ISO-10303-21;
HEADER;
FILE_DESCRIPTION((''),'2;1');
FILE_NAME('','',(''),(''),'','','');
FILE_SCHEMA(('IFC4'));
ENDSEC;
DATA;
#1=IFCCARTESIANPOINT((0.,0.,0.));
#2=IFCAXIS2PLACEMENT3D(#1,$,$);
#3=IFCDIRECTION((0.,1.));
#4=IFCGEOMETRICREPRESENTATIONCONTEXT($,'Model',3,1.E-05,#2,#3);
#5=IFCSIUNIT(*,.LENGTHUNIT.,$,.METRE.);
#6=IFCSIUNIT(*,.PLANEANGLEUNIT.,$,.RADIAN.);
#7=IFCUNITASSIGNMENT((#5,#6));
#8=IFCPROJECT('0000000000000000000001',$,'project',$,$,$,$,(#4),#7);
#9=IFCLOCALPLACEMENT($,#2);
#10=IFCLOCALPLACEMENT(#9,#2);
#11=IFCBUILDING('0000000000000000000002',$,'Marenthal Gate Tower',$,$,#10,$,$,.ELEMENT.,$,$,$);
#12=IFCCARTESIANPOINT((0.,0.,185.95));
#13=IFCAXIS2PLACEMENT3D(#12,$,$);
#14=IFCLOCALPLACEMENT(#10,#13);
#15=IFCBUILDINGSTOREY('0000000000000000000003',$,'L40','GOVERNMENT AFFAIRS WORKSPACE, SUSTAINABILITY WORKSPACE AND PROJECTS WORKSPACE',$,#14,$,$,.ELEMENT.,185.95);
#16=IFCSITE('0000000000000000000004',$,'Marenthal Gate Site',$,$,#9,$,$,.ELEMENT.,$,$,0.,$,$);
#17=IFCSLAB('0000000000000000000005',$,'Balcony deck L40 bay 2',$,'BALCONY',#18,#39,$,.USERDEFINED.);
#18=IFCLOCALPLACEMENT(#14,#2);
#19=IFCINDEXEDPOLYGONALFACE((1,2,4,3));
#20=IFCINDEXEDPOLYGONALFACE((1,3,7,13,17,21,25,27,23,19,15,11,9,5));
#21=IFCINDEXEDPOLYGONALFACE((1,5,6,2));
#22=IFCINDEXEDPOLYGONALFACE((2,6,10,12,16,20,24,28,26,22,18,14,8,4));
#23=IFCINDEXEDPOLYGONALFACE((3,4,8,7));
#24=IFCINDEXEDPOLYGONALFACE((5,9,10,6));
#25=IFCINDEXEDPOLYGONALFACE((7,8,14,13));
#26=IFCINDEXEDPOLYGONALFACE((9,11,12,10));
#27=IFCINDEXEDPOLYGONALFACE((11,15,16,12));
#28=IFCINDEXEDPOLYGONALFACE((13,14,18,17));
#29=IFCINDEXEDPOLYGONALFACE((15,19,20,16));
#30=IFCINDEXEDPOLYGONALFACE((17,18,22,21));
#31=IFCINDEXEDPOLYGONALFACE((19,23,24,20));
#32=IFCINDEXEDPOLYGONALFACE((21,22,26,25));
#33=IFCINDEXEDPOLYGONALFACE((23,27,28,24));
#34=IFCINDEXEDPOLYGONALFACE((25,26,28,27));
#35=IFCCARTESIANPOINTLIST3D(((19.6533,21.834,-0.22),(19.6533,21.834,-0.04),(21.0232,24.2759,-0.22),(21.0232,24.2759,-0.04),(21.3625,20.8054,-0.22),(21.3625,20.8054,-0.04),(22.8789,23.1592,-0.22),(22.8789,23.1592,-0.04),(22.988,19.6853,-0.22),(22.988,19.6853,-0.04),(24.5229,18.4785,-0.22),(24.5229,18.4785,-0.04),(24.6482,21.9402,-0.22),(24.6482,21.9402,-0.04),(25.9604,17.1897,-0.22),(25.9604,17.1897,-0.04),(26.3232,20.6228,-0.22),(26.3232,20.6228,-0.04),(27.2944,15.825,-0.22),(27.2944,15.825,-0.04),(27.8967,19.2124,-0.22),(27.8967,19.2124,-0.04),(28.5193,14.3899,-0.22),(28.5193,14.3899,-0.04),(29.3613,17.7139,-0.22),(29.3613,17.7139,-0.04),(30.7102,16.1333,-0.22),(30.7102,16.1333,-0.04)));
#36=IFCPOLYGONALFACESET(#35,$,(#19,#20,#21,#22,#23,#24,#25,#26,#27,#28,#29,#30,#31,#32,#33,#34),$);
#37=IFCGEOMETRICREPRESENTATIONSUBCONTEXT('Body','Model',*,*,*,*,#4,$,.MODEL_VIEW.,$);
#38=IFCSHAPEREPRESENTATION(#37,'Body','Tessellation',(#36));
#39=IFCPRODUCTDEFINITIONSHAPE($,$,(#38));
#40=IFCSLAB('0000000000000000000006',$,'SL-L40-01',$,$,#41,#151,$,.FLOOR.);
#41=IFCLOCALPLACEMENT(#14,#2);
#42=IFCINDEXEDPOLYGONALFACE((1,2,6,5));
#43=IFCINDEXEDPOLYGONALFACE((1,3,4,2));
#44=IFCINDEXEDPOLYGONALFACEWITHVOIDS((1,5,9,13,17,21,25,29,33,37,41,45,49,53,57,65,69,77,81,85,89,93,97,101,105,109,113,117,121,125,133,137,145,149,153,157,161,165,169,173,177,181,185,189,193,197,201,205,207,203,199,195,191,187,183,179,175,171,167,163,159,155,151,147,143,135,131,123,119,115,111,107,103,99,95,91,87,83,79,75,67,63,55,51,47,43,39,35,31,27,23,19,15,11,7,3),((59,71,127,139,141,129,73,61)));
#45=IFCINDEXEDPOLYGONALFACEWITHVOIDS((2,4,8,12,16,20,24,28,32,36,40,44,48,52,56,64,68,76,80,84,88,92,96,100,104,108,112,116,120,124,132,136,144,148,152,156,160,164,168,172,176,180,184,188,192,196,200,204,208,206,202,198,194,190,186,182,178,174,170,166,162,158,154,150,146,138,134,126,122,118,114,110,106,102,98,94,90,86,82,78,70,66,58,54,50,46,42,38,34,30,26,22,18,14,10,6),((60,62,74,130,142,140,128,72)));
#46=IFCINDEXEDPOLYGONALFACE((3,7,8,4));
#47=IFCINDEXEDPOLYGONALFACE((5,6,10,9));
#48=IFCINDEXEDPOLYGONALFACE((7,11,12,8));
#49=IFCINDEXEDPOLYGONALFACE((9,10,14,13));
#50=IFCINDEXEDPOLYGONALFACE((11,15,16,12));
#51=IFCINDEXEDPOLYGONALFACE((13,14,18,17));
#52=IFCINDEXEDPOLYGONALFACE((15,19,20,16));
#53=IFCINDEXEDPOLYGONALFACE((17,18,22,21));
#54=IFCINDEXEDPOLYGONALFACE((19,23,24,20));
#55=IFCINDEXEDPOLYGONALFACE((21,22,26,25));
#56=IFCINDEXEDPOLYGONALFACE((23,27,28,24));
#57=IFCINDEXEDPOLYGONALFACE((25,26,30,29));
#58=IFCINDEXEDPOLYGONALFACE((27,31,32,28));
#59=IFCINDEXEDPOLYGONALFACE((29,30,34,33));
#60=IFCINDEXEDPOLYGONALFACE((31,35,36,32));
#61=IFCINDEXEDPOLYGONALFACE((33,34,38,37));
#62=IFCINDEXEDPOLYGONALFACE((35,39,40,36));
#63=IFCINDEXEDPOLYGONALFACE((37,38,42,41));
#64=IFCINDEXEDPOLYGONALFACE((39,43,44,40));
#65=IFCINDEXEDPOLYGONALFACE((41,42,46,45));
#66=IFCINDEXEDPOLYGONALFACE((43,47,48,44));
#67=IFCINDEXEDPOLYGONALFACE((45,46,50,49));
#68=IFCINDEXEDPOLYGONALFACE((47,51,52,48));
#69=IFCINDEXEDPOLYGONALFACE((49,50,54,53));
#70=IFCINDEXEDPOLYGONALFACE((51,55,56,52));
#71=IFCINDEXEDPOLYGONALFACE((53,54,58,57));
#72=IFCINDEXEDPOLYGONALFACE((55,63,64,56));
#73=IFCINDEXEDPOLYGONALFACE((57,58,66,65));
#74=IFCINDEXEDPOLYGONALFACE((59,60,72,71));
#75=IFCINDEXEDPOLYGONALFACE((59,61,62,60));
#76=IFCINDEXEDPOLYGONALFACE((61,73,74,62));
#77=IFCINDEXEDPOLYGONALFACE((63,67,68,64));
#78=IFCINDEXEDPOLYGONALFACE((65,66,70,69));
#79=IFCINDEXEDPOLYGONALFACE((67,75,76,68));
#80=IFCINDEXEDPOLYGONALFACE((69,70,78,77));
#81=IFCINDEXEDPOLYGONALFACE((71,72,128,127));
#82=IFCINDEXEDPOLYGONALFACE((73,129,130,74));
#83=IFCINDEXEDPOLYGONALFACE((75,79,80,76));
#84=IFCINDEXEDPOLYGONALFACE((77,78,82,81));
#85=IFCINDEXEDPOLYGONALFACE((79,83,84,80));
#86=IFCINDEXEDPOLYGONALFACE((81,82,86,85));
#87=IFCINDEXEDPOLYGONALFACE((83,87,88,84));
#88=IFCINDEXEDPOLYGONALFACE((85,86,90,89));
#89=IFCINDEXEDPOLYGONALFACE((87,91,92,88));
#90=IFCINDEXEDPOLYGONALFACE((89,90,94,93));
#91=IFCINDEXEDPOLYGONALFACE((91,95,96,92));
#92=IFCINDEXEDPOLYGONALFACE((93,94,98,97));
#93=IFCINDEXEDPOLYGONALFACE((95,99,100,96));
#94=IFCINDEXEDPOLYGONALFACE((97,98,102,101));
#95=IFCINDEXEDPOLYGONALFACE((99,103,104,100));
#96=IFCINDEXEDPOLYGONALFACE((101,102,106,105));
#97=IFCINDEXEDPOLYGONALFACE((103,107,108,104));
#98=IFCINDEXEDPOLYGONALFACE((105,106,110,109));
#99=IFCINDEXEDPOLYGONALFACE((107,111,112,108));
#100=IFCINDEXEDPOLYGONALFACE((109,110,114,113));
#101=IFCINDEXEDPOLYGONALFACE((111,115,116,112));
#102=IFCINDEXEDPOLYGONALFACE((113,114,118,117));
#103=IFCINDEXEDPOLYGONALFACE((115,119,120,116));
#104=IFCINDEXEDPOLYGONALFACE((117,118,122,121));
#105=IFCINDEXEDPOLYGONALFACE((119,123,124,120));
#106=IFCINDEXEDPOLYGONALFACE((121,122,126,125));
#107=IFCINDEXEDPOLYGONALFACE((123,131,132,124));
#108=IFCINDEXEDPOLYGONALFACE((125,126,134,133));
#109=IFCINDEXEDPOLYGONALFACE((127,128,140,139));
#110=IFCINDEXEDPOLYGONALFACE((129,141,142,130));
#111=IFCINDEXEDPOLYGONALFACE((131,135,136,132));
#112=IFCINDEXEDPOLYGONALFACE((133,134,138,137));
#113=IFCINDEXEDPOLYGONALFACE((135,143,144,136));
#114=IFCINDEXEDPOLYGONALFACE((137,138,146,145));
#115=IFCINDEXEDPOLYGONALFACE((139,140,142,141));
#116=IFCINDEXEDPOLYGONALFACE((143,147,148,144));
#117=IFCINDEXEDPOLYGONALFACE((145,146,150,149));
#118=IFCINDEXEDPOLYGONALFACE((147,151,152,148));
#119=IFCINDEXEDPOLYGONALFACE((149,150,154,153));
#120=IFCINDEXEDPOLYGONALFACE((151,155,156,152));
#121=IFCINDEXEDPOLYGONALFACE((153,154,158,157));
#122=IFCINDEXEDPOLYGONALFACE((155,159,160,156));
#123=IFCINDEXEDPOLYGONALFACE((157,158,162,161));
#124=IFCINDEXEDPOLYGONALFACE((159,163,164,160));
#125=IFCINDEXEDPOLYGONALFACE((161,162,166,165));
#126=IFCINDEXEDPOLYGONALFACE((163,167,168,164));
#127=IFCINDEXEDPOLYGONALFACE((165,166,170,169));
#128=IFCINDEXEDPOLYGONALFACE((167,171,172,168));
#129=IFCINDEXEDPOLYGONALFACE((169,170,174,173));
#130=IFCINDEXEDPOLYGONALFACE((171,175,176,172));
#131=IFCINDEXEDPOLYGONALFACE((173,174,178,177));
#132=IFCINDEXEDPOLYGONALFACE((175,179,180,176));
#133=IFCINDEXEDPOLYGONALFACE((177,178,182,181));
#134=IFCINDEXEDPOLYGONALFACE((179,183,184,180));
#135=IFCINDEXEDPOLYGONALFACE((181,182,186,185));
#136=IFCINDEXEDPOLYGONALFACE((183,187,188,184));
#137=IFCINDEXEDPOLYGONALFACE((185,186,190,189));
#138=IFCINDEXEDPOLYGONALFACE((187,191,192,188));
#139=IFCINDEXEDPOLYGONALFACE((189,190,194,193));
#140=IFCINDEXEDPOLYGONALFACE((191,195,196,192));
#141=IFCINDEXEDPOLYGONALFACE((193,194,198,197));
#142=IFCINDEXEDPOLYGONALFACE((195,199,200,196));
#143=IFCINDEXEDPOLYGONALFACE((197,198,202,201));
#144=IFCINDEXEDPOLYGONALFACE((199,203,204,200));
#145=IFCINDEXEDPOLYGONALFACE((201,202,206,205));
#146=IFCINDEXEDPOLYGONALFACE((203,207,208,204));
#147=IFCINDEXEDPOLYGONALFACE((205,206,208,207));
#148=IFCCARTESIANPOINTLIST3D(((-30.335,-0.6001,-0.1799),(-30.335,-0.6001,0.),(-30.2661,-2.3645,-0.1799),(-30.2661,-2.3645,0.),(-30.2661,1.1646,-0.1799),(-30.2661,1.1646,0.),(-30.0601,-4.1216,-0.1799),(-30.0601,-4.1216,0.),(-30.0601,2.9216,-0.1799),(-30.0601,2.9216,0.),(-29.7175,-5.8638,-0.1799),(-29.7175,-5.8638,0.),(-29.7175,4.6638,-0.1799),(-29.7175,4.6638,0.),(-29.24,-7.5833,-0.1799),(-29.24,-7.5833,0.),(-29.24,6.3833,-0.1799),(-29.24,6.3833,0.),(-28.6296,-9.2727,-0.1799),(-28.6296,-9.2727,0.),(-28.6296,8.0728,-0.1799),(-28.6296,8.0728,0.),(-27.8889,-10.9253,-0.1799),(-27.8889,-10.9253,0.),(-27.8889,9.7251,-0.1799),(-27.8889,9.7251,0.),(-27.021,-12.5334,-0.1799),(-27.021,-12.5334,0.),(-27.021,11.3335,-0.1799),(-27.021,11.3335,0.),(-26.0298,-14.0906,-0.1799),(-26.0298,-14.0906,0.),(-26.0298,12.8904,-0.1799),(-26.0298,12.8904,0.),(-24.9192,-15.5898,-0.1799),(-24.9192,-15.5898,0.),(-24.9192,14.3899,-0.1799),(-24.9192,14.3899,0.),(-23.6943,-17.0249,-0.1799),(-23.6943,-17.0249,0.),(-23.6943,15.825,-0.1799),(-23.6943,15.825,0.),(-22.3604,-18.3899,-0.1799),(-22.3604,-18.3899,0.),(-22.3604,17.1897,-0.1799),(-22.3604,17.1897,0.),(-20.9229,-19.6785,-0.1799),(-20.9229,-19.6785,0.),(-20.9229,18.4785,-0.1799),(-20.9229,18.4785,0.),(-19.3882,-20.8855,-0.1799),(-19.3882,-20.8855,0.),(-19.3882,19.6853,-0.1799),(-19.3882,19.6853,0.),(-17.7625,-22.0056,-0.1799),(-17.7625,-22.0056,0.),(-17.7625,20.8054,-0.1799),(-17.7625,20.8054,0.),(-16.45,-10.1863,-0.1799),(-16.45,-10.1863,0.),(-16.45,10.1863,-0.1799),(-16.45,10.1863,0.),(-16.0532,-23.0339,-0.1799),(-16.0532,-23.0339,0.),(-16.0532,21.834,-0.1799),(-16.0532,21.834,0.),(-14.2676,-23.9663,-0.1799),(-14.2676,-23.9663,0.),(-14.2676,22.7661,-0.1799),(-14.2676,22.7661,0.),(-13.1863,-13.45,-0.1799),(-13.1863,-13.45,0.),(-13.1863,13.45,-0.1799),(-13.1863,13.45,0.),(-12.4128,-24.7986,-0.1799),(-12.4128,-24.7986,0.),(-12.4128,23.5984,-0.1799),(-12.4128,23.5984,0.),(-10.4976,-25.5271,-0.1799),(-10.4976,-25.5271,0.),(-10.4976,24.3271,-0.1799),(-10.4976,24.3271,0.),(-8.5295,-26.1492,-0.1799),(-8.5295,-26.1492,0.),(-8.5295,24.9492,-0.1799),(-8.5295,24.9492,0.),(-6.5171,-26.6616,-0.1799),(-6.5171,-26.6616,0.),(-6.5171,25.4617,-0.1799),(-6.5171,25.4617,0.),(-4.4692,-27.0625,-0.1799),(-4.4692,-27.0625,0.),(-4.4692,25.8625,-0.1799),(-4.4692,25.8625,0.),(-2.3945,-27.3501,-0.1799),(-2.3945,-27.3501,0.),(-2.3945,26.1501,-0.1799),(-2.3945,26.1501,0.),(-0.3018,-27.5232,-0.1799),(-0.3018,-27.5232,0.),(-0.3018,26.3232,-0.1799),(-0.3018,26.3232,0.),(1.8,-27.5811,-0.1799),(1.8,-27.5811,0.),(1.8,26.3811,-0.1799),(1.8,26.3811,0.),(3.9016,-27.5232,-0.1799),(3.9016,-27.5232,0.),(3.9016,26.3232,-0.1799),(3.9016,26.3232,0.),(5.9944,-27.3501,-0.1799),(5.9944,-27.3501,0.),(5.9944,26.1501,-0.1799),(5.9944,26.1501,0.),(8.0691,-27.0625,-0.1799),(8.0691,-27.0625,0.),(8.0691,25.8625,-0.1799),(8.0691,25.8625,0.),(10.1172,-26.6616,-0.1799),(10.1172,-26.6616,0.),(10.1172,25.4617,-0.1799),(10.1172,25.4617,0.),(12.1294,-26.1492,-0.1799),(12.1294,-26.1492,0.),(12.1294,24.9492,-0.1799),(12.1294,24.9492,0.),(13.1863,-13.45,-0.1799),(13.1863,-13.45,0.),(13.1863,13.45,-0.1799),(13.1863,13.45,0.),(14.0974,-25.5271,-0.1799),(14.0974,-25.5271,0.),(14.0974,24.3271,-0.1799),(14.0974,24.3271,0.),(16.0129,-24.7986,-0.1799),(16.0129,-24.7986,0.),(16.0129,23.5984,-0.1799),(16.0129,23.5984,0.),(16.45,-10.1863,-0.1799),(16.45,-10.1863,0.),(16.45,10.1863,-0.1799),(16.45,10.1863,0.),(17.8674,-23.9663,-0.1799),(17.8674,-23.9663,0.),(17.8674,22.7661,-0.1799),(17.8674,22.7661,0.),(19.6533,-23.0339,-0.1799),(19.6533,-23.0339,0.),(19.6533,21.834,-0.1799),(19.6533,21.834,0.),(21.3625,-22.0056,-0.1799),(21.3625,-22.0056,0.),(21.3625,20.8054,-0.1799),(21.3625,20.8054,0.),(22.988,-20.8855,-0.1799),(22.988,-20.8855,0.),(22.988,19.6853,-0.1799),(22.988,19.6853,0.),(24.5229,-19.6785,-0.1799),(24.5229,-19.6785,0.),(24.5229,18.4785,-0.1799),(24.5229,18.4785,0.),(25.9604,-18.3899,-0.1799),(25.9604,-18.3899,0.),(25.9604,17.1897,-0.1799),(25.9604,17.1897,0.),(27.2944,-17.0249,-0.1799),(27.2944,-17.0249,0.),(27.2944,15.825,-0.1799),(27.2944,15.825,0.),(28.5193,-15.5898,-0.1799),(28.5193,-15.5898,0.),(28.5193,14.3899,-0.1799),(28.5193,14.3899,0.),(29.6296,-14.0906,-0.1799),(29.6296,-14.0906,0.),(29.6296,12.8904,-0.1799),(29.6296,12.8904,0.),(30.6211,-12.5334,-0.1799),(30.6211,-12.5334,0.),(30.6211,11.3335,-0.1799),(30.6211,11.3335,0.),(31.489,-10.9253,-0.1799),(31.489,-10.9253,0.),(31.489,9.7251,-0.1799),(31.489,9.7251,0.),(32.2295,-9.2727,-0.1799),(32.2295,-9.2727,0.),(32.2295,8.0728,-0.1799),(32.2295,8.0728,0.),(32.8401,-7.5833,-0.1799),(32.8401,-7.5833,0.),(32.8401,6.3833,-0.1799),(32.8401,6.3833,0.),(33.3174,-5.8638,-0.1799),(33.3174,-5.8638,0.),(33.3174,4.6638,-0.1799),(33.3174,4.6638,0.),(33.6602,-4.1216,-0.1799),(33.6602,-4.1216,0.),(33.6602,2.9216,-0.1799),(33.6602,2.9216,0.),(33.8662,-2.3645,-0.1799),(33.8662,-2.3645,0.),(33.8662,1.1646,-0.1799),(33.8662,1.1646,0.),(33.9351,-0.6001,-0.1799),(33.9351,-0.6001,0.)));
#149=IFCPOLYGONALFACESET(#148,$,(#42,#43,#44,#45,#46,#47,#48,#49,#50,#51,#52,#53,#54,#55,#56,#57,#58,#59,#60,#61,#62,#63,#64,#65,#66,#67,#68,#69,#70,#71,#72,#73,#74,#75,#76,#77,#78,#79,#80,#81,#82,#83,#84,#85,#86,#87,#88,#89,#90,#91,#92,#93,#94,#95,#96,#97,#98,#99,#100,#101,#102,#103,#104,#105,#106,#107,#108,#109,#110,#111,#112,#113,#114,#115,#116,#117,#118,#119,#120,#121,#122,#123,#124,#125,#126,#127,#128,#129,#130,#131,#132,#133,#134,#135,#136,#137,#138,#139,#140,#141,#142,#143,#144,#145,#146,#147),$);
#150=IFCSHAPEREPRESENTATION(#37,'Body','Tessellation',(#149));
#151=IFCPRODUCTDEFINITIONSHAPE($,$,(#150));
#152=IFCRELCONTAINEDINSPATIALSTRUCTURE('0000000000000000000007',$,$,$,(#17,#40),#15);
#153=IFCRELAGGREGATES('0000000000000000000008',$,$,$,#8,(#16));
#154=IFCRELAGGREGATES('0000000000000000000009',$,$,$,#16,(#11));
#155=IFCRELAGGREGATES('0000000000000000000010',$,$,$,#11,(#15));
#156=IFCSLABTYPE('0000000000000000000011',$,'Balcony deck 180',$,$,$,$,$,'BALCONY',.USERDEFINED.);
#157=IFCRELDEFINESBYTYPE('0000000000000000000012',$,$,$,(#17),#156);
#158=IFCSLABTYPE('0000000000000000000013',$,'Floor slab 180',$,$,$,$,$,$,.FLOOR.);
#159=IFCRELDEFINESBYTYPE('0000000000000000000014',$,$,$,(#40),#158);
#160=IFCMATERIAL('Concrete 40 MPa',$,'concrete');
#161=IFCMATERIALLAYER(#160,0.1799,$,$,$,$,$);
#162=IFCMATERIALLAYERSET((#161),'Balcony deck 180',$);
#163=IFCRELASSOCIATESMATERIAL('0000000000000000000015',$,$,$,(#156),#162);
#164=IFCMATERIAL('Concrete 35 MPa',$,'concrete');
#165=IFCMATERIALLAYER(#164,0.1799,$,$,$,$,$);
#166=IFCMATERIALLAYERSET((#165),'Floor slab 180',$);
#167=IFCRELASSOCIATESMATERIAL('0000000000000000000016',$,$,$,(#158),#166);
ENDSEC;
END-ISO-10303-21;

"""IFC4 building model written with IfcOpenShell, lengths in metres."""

from ifc_helpers import new_model, si_unit, direction, frame, origin, place, context, subcontext, project, spatial, polyline, outline, extrude, material, layer, layer_set, type_object, element, save


model = new_model("IFC4")

# Units and contexts
model_context = context("Model", 3, precision=1e-05, world=origin(), true_north=direction((0.0, 1.0)))
body_context = subcontext(model_context, "Body", "Model", "MODEL_VIEW")
ifc_project = project(units=[si_unit("LENGTHUNIT", "METRE"), si_unit("PLANEANGLEUNIT", "RADIAN")], contexts=[model_context])

# Site, building, storey
site_placement = place(None, origin())
site = spatial("IfcSite", under=ifc_project, at=site_placement, Name="Marenthal Gate Site", CompositionType="ELEMENT", RefElevation=0.0)
building_placement = place(site_placement, origin())
building = spatial("IfcBuilding", under=site, at=building_placement, Name="Marenthal Gate Tower", CompositionType="ELEMENT")
storey_placement = place(building_placement, frame((0.0, 0.0, 185.95)))
storey = spatial("IfcBuildingStorey", under=building, at=storey_placement, Name="L40", Description="GOVERNMENT AFFAIRS WORKSPACE, SUSTAINABILITY WORKSPACE AND PROJECTS WORKSPACE", CompositionType="ELEMENT", Elevation=185.95)

# Slabs
ifc_material_1 = material(Name="Concrete 40 MPa", Category="concrete")
ifc_layer_1 = layer(ifc_material_1, 0.1799)
ifc_layer_set_1 = layer_set([ifc_layer_1], Name="Balcony deck 180")
slab_type_1 = type_object("IfcSlabType", Name="Balcony deck 180", ElementType="BALCONY", PredefinedType="USERDEFINED", material=ifc_layer_set_1)
slab_1_placement = place(storey_placement, frame((0.0, 0.0, -0.22)))
element("IfcSlab", 1, at=slab_1_placement, inside=storey, type_object=slab_type_1, Name="Balcony deck L40 bay 2", ObjectType="BALCONY", PredefinedType="USERDEFINED", context=body_context, shape_type="SweptSolid", body=[
    extrude(outline(polyline([(28.5193, 14.3899), (27.2944, 15.825), (25.9604, 17.1897), (24.5229, 18.4785), (22.988, 19.6853), (21.3625, 20.8054), (19.6533, 21.834), (21.0232, 24.2759), (22.8789, 23.1592), (24.6482, 21.9402), (26.3232, 20.6228), (27.8967, 19.2124), (29.3613, 17.7139), (30.7102, 16.1333), (28.5193, 14.3899)])), origin(), (0.0, 0.0, 1.0), 0.1799),
])
ifc_material_2 = material(Name="Concrete 35 MPa", Category="concrete")
ifc_layer_2 = layer(ifc_material_2, 0.1799)
ifc_layer_set_2 = layer_set([ifc_layer_2], Name="Floor slab 180")
slab_type_2 = type_object("IfcSlabType", Name="Floor slab 180", PredefinedType="FLOOR", material=ifc_layer_set_2)
slab_2_placement = place(storey_placement, frame((0.0, 0.0, -0.1799)))
element("IfcSlab", 2, at=slab_2_placement, inside=storey, type_object=slab_type_2, Name="SL-L40-01", PredefinedType="FLOOR", context=body_context, shape_type="SweptSolid", body=[
    extrude(outline(polyline([(33.9351, -0.6001), (33.8662, 1.1646), (33.6602, 2.9216), (33.3174, 4.6638), (32.8401, 6.3833), (32.2295, 8.0728), (31.489, 9.7251), (30.6211, 11.3335), (29.6296, 12.8904), (28.5193, 14.3899), (27.2944, 15.825), (25.9604, 17.1897), (24.5229, 18.4785), (22.988, 19.6853), (21.3625, 20.8054), (19.6533, 21.834), (17.8674, 22.7661), (16.0129, 23.5984), (14.0974, 24.3271), (12.1294, 24.9492), (10.1172, 25.4617), (8.0691, 25.8625), (5.9944, 26.1501), (3.9016, 26.3232), (1.8, 26.3811), (-0.3018, 26.3232), (-2.3945, 26.1501), (-4.4692, 25.8625), (-6.5171, 25.4617), (-8.5295, 24.9492), (-10.4976, 24.3271), (-12.4128, 23.5984), (-14.2676, 22.7661), (-16.0532, 21.834), (-17.7625, 20.8054), (-19.3882, 19.6853), (-20.9229, 18.4785), (-22.3604, 17.1897), (-23.6943, 15.825), (-24.9192, 14.3899), (-26.0298, 12.8904), (-27.021, 11.3335), (-27.8889, 9.7251), (-28.6296, 8.0728), (-29.24, 6.3833), (-29.7175, 4.6638), (-30.0601, 2.9216), (-30.2661, 1.1646), (-30.335, -0.6001), (-30.2661, -2.3645), (-30.0601, -4.1216), (-29.7175, -5.8638), (-29.24, -7.5833), (-28.6296, -9.2727), (-27.8889, -10.9253), (-27.021, -12.5334), (-26.0298, -14.0906), (-24.9192, -15.5898), (-23.6943, -17.0249), (-22.3604, -18.3899), (-20.9229, -19.6785), (-19.3882, -20.8855), (-17.7625, -22.0056), (-16.0532, -23.0339), (-14.2676, -23.9663), (-12.4128, -24.7986), (-10.4976, -25.5271), (-8.5295, -26.1492), (-6.5171, -26.6616), (-4.4692, -27.0625), (-2.3945, -27.3501), (-0.3018, -27.5232), (1.8, -27.5811), (3.9016, -27.5232), (5.9944, -27.3501), (8.0691, -27.0625), (10.1172, -26.6616), (12.1294, -26.1492), (14.0974, -25.5271), (16.0129, -24.7986), (17.8674, -23.9663), (19.6533, -23.0339), (21.3625, -22.0056), (22.988, -20.8855), (24.5229, -19.6785), (25.9604, -18.3899), (27.2944, -17.0249), (28.5193, -15.5898), (29.6296, -14.0906), (30.6211, -12.5334), (31.489, -10.9253), (32.2295, -9.2727), (32.8401, -7.5833), (33.3174, -5.8638), (33.6602, -4.1216), (33.8662, -2.3645), (33.9351, -0.6001)]), holes=[polyline([(13.1863, -13.45), (16.45, -10.1863), (16.45, 10.1863), (13.1863, 13.45), (-13.1863, 13.45), (-16.45, 10.1863), (-16.45, -10.1863), (-13.1863, -13.45), (13.1863, -13.45)])]), origin(), (0.0, 0.0, 1.0), 0.1799),
])

save(model, "model.ifc")
